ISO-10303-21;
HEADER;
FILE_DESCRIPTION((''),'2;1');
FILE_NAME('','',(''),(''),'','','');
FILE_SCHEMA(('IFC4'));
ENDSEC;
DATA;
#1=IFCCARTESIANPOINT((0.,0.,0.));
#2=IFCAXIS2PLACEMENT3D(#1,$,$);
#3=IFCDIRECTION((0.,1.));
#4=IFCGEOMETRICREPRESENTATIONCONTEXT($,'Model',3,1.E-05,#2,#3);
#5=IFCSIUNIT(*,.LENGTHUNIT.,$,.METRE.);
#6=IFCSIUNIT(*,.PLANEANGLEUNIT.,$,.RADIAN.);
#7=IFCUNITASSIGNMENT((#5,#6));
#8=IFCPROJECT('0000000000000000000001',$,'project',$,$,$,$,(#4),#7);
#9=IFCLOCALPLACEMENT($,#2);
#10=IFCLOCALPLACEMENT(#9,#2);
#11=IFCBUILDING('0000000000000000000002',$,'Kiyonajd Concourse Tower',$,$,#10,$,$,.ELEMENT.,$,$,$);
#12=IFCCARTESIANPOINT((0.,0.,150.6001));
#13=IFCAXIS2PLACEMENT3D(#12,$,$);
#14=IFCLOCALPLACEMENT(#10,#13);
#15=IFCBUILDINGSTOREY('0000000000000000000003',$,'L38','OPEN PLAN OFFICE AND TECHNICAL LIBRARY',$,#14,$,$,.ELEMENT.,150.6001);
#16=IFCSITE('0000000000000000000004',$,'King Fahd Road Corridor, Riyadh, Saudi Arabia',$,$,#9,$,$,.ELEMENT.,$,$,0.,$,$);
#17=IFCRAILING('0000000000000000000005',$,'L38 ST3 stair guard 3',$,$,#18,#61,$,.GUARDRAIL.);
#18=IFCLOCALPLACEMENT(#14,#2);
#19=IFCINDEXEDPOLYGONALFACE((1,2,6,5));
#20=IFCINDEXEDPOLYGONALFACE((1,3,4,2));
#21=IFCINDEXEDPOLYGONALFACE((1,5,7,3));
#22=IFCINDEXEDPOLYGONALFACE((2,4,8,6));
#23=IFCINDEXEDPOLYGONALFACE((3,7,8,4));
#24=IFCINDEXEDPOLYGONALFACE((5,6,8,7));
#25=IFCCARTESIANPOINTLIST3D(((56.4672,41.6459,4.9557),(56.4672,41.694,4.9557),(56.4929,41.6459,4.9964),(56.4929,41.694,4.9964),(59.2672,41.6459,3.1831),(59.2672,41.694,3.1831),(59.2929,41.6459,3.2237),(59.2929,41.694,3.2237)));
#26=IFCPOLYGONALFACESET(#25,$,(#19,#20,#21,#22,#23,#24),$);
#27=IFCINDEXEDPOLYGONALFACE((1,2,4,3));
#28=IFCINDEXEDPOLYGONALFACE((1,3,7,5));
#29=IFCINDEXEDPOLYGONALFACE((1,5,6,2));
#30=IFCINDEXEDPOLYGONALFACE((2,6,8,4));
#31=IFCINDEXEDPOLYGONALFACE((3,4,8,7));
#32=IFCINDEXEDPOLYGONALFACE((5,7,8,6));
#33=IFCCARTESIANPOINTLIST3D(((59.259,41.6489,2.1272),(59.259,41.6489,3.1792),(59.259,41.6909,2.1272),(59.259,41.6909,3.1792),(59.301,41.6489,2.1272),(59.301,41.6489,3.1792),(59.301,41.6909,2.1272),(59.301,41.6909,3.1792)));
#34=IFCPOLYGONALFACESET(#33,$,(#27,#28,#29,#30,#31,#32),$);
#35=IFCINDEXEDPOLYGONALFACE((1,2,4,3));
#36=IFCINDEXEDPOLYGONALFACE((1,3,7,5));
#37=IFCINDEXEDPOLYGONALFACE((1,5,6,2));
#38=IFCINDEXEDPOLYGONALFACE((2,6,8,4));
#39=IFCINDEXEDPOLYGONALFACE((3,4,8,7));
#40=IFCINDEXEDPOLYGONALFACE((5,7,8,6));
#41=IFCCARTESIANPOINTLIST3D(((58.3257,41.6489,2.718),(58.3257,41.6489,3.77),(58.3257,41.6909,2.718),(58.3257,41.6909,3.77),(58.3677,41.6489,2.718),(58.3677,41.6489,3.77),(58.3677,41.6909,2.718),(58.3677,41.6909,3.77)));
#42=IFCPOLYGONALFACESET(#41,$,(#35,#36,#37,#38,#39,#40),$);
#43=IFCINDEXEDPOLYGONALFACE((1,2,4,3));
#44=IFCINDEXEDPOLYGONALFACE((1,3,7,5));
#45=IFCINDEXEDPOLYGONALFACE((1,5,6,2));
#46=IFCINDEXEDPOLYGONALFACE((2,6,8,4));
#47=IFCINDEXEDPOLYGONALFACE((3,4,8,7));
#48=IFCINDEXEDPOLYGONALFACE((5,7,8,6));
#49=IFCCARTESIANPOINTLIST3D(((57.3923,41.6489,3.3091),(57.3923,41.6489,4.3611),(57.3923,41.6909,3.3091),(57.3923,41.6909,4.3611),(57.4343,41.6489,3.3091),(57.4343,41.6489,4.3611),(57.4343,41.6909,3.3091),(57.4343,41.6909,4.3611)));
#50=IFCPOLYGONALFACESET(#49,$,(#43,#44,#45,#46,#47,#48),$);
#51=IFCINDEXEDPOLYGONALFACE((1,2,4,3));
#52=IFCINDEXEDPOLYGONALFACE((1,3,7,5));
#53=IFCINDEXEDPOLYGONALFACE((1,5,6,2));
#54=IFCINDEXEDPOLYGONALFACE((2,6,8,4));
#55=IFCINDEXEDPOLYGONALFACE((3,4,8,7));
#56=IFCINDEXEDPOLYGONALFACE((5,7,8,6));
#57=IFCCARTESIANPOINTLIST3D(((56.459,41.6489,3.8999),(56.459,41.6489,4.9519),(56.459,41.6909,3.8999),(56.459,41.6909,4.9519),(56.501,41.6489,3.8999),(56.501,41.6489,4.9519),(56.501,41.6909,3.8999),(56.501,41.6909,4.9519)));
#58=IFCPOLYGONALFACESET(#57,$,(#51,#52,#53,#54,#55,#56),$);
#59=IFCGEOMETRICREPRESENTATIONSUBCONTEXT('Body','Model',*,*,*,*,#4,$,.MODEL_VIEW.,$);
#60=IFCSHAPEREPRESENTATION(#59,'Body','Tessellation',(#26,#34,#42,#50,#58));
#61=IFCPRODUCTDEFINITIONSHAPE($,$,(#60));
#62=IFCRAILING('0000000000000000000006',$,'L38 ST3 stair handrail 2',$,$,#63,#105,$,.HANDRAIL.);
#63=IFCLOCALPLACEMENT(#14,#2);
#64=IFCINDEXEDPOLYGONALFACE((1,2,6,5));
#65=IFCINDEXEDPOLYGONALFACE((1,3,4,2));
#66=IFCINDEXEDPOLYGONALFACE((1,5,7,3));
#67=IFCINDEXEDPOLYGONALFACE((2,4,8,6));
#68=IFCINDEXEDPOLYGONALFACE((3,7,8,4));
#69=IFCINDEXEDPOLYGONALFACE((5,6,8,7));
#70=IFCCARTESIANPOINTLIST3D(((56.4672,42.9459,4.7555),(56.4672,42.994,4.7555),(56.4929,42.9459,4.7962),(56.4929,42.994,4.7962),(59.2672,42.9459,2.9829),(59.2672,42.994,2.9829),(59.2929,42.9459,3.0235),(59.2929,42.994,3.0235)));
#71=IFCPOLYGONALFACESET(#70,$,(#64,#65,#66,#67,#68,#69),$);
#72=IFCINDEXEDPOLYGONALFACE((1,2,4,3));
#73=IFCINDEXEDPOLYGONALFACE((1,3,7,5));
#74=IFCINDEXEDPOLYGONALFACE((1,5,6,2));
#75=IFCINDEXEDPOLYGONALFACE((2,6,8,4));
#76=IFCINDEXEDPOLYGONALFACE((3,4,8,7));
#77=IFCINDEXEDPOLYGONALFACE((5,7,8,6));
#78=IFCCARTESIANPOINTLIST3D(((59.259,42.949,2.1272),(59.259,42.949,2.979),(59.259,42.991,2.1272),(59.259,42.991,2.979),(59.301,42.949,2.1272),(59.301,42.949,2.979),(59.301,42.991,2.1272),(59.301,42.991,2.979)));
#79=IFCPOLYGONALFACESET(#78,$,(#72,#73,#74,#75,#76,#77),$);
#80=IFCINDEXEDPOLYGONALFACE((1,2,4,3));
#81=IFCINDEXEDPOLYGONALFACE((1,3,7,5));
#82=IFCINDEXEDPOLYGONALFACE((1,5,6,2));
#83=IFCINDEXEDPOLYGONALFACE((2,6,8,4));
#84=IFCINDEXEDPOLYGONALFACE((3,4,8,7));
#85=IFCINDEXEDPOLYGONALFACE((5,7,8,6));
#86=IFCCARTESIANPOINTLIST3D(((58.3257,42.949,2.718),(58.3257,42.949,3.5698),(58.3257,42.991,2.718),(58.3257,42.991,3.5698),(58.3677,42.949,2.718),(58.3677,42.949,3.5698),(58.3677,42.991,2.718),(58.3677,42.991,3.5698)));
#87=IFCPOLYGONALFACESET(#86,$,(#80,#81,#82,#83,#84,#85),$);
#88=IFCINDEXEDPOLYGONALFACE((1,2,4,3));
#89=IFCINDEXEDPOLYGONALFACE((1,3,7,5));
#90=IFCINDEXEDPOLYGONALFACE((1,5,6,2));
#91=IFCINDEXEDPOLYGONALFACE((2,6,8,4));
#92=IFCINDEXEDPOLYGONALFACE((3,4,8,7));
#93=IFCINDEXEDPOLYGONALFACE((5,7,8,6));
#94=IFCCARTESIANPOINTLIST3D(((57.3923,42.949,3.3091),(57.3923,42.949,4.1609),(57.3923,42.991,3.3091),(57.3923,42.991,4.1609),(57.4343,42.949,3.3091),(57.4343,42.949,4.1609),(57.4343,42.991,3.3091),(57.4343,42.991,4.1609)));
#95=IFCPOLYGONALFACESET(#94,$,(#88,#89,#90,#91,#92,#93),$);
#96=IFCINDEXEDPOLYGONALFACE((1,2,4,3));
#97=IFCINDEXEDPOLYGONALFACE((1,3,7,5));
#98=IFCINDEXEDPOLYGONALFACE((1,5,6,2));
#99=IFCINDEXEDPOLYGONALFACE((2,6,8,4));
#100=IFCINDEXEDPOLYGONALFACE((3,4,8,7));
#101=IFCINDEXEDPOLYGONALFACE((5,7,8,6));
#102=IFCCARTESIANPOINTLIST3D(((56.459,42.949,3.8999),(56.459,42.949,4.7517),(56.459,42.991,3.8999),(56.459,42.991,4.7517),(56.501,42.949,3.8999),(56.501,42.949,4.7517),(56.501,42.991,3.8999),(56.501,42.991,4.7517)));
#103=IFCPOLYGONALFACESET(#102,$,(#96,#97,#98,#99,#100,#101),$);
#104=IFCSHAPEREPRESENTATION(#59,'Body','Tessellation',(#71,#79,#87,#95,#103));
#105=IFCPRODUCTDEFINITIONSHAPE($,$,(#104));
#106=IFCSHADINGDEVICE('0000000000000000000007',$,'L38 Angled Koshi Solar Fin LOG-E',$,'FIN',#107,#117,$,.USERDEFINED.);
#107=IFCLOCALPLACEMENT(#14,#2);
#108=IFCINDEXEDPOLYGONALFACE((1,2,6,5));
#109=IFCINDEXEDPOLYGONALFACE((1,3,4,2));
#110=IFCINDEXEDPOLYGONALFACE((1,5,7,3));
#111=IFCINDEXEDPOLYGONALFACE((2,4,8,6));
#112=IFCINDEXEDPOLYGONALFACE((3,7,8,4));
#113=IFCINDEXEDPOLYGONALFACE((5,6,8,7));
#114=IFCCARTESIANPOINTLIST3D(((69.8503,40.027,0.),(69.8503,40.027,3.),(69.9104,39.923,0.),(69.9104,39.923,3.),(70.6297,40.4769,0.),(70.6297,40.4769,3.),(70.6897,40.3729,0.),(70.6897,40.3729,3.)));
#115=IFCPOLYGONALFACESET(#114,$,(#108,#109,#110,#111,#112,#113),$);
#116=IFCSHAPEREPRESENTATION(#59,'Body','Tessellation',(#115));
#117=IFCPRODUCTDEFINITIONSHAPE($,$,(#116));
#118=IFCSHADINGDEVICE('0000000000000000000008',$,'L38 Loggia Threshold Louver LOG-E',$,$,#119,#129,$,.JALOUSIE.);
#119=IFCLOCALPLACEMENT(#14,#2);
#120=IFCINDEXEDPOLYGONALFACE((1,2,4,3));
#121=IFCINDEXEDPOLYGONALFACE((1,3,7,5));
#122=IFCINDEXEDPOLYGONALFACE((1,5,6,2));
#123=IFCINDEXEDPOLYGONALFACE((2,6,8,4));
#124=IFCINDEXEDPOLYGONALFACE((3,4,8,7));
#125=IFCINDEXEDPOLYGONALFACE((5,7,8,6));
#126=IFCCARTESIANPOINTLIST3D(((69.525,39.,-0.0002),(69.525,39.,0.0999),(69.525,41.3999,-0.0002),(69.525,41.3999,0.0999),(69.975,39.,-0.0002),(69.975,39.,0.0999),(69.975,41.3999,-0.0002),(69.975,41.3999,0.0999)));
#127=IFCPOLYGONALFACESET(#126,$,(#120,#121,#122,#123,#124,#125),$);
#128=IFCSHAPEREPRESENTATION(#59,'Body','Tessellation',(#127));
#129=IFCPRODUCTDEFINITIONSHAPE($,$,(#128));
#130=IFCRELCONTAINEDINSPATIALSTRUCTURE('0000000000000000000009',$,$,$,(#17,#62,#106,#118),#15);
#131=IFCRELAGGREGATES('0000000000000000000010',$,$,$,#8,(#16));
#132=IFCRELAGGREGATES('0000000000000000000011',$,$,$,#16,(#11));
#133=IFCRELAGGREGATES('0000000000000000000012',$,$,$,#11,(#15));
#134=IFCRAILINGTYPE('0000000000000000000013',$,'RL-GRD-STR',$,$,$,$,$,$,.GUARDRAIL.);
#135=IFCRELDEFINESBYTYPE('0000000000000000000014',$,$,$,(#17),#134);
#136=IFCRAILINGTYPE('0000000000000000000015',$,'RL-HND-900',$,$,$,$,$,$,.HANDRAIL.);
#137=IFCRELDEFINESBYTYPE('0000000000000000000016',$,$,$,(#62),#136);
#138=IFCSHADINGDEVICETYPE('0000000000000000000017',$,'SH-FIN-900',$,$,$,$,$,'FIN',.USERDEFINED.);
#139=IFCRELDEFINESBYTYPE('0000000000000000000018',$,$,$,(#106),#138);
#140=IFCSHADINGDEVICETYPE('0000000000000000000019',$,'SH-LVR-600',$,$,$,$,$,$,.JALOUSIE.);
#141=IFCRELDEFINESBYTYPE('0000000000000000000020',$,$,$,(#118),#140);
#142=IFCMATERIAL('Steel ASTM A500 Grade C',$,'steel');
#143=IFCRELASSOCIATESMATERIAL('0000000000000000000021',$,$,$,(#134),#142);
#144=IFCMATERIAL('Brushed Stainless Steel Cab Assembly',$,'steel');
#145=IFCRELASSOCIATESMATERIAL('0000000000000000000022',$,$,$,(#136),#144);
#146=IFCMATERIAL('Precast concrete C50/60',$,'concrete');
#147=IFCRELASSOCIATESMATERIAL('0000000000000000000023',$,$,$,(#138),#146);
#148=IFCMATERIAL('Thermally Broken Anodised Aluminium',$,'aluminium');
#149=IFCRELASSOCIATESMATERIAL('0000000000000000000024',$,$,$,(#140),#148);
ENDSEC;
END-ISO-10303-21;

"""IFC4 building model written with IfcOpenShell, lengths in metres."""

from ifc_helpers import new_model, si_unit, direction, frame, origin, origin_2d, place, context, subcontext, project, spatial, rectangle, extrude, material, type_object, element, save


model = new_model("IFC4")

# Units and contexts
model_context = context("Model", 3, precision=1e-05, world=origin(), true_north=direction((0.0, 1.0)))
body_context = subcontext(model_context, "Body", "Model", "MODEL_VIEW")
ifc_project = project(units=[si_unit("LENGTHUNIT", "METRE"), si_unit("PLANEANGLEUNIT", "RADIAN")], contexts=[model_context])

# Site, building, storey
site_placement = place(None, origin())
site = spatial("IfcSite", under=ifc_project, at=site_placement, Name="King Fahd Road Corridor, Riyadh, Saudi Arabia", CompositionType="ELEMENT", RefElevation=0.0)
building_placement = place(site_placement, origin())
building = spatial("IfcBuilding", under=site, at=building_placement, Name="Kiyonajd Concourse Tower", CompositionType="ELEMENT")
storey_placement = place(building_placement, frame((0.0, 0.0, 150.6001)))
storey = spatial("IfcBuildingStorey", under=building, at=storey_placement, Name="L38", Description="OPEN PLAN OFFICE AND TECHNICAL LIBRARY", CompositionType="ELEMENT", Elevation=150.6001)

# Shared definitions
ifc_material_1 = material(Name="Thermally Broken Anodised Aluminium", Category="aluminium")

# Shared definitions
ifc_material_2 = material(Name="Precast concrete C50/60", Category="concrete")

# Railings
ifc_material_3 = material(Name="Steel ASTM A500 Grade C", Category="steel")
railing_type_1 = type_object("IfcRailingType", Name="RL-GRD-STR", PredefinedType="GUARDRAIL", material=ifc_material_3)
railing_1_placement = place(storey_placement, frame((59.28, 41.6699, 2.1272)))
element("IfcRailing", 1, at=railing_1_placement, inside=storey, type_object=railing_type_1, Name="L38 ST3 stair guard 3", PredefinedType="GUARDRAIL", context=body_context, shape_type="SweptSolid", body=[
    extrude(rectangle(XDim=0.0481, YDim=0.0481, at=origin_2d()), frame((0.0, 0.0, 1.0762), z_axis=(-0.844909, 0.0, 0.53491), x_axis=(0.0, -1.0, 0.0)), (0.0, 0.0, 1.0), 3.314),
    extrude(rectangle(XDim=0.042, YDim=0.042, at=origin_2d()), origin(), (0.0, 0.0, 1.0), 1.052),
    extrude(rectangle(XDim=0.042, YDim=0.042, at=origin_2d()), frame((-0.9333, 0.0, 0.5908)), (0.0, 0.0, 1.0), 1.052),
    extrude(rectangle(XDim=0.042, YDim=0.042, at=origin_2d()), frame((-1.8667, 0.0, 1.1819)), (0.0, 0.0, 1.0), 1.052),
    extrude(rectangle(XDim=0.042, YDim=0.042, at=origin_2d()), frame((-2.8, 0.0, 1.7727)), (0.0, 0.0, 1.0), 1.052),
])
ifc_material_4 = material(Name="Brushed Stainless Steel Cab Assembly", Category="steel")
railing_type_2 = type_object("IfcRailingType", Name="RL-HND-900", PredefinedType="HANDRAIL", material=ifc_material_4)
railing_2_placement = place(storey_placement, frame((59.28, 42.97, 2.1272)))
element("IfcRailing", 2, at=railing_2_placement, inside=storey, type_object=railing_type_2, Name="L38 ST3 stair handrail 2", PredefinedType="HANDRAIL", context=body_context, shape_type="SweptSolid", body=[
    extrude(rectangle(XDim=0.0481, YDim=0.0481, at=origin_2d()), frame((0.0, 0.0, 0.876), z_axis=(-0.844909, 0.0, 0.53491), x_axis=(0.0, -1.0, 0.0)), (0.0, 0.0, 1.0), 3.314),
    extrude(rectangle(XDim=0.042, YDim=0.042, at=origin_2d()), origin(), (0.0, 0.0, 1.0), 0.8518),
    extrude(rectangle(XDim=0.042, YDim=0.042, at=origin_2d()), frame((-0.9333, 0.0, 0.5908)), (0.0, 0.0, 1.0), 0.8518),
    extrude(rectangle(XDim=0.042, YDim=0.042, at=origin_2d()), frame((-1.8667, 0.0, 1.1819)), (0.0, 0.0, 1.0), 0.8518),
    extrude(rectangle(XDim=0.042, YDim=0.042, at=origin_2d()), frame((-2.8, 0.0, 1.7727)), (0.0, 0.0, 1.0), 0.8518),
])

# Shading devices
shading_device_type_1 = type_object("IfcShadingDeviceType", Name="SH-FIN-900", ElementType="FIN", PredefinedType="USERDEFINED", material=ifc_material_2)
shading_device_1_placement = place(storey_placement, frame((70.27, 40.2, 0.0), z_axis=(0.0, 0.0, 1.0), x_axis=(0.866025, 0.5, 0.0)))
element("IfcShadingDevice", 3, at=shading_device_1_placement, inside=storey, type_object=shading_device_type_1, Name="L38 Angled Koshi Solar Fin LOG-E", ObjectType="FIN", PredefinedType="USERDEFINED", context=body_context, shape_type="SweptSolid", body=[
    extrude(rectangle(XDim=0.8999, YDim=0.1201, at=origin_2d()), origin(), (0.0, 0.0, 1.0), 3.0),
])
shading_device_type_2 = type_object("IfcShadingDeviceType", Name="SH-LVR-600", PredefinedType="JALOUSIE", material=ifc_material_1)
shading_device_2_placement = place(storey_placement, frame((69.75, 40.2, -0.0002), z_axis=(0.0, 0.0, 1.0), x_axis=(0.0, 1.0, 0.0)))
element("IfcShadingDevice", 4, at=shading_device_2_placement, inside=storey, type_object=shading_device_type_2, Name="L38 Loggia Threshold Louver LOG-E", PredefinedType="JALOUSIE", context=body_context, shape_type="SweptSolid", body=[
    extrude(rectangle(XDim=2.3999, YDim=0.45, at=origin_2d()), origin(), (0.0, 0.0, 1.0), 0.1001),
])

save(model, "model.ifc")
